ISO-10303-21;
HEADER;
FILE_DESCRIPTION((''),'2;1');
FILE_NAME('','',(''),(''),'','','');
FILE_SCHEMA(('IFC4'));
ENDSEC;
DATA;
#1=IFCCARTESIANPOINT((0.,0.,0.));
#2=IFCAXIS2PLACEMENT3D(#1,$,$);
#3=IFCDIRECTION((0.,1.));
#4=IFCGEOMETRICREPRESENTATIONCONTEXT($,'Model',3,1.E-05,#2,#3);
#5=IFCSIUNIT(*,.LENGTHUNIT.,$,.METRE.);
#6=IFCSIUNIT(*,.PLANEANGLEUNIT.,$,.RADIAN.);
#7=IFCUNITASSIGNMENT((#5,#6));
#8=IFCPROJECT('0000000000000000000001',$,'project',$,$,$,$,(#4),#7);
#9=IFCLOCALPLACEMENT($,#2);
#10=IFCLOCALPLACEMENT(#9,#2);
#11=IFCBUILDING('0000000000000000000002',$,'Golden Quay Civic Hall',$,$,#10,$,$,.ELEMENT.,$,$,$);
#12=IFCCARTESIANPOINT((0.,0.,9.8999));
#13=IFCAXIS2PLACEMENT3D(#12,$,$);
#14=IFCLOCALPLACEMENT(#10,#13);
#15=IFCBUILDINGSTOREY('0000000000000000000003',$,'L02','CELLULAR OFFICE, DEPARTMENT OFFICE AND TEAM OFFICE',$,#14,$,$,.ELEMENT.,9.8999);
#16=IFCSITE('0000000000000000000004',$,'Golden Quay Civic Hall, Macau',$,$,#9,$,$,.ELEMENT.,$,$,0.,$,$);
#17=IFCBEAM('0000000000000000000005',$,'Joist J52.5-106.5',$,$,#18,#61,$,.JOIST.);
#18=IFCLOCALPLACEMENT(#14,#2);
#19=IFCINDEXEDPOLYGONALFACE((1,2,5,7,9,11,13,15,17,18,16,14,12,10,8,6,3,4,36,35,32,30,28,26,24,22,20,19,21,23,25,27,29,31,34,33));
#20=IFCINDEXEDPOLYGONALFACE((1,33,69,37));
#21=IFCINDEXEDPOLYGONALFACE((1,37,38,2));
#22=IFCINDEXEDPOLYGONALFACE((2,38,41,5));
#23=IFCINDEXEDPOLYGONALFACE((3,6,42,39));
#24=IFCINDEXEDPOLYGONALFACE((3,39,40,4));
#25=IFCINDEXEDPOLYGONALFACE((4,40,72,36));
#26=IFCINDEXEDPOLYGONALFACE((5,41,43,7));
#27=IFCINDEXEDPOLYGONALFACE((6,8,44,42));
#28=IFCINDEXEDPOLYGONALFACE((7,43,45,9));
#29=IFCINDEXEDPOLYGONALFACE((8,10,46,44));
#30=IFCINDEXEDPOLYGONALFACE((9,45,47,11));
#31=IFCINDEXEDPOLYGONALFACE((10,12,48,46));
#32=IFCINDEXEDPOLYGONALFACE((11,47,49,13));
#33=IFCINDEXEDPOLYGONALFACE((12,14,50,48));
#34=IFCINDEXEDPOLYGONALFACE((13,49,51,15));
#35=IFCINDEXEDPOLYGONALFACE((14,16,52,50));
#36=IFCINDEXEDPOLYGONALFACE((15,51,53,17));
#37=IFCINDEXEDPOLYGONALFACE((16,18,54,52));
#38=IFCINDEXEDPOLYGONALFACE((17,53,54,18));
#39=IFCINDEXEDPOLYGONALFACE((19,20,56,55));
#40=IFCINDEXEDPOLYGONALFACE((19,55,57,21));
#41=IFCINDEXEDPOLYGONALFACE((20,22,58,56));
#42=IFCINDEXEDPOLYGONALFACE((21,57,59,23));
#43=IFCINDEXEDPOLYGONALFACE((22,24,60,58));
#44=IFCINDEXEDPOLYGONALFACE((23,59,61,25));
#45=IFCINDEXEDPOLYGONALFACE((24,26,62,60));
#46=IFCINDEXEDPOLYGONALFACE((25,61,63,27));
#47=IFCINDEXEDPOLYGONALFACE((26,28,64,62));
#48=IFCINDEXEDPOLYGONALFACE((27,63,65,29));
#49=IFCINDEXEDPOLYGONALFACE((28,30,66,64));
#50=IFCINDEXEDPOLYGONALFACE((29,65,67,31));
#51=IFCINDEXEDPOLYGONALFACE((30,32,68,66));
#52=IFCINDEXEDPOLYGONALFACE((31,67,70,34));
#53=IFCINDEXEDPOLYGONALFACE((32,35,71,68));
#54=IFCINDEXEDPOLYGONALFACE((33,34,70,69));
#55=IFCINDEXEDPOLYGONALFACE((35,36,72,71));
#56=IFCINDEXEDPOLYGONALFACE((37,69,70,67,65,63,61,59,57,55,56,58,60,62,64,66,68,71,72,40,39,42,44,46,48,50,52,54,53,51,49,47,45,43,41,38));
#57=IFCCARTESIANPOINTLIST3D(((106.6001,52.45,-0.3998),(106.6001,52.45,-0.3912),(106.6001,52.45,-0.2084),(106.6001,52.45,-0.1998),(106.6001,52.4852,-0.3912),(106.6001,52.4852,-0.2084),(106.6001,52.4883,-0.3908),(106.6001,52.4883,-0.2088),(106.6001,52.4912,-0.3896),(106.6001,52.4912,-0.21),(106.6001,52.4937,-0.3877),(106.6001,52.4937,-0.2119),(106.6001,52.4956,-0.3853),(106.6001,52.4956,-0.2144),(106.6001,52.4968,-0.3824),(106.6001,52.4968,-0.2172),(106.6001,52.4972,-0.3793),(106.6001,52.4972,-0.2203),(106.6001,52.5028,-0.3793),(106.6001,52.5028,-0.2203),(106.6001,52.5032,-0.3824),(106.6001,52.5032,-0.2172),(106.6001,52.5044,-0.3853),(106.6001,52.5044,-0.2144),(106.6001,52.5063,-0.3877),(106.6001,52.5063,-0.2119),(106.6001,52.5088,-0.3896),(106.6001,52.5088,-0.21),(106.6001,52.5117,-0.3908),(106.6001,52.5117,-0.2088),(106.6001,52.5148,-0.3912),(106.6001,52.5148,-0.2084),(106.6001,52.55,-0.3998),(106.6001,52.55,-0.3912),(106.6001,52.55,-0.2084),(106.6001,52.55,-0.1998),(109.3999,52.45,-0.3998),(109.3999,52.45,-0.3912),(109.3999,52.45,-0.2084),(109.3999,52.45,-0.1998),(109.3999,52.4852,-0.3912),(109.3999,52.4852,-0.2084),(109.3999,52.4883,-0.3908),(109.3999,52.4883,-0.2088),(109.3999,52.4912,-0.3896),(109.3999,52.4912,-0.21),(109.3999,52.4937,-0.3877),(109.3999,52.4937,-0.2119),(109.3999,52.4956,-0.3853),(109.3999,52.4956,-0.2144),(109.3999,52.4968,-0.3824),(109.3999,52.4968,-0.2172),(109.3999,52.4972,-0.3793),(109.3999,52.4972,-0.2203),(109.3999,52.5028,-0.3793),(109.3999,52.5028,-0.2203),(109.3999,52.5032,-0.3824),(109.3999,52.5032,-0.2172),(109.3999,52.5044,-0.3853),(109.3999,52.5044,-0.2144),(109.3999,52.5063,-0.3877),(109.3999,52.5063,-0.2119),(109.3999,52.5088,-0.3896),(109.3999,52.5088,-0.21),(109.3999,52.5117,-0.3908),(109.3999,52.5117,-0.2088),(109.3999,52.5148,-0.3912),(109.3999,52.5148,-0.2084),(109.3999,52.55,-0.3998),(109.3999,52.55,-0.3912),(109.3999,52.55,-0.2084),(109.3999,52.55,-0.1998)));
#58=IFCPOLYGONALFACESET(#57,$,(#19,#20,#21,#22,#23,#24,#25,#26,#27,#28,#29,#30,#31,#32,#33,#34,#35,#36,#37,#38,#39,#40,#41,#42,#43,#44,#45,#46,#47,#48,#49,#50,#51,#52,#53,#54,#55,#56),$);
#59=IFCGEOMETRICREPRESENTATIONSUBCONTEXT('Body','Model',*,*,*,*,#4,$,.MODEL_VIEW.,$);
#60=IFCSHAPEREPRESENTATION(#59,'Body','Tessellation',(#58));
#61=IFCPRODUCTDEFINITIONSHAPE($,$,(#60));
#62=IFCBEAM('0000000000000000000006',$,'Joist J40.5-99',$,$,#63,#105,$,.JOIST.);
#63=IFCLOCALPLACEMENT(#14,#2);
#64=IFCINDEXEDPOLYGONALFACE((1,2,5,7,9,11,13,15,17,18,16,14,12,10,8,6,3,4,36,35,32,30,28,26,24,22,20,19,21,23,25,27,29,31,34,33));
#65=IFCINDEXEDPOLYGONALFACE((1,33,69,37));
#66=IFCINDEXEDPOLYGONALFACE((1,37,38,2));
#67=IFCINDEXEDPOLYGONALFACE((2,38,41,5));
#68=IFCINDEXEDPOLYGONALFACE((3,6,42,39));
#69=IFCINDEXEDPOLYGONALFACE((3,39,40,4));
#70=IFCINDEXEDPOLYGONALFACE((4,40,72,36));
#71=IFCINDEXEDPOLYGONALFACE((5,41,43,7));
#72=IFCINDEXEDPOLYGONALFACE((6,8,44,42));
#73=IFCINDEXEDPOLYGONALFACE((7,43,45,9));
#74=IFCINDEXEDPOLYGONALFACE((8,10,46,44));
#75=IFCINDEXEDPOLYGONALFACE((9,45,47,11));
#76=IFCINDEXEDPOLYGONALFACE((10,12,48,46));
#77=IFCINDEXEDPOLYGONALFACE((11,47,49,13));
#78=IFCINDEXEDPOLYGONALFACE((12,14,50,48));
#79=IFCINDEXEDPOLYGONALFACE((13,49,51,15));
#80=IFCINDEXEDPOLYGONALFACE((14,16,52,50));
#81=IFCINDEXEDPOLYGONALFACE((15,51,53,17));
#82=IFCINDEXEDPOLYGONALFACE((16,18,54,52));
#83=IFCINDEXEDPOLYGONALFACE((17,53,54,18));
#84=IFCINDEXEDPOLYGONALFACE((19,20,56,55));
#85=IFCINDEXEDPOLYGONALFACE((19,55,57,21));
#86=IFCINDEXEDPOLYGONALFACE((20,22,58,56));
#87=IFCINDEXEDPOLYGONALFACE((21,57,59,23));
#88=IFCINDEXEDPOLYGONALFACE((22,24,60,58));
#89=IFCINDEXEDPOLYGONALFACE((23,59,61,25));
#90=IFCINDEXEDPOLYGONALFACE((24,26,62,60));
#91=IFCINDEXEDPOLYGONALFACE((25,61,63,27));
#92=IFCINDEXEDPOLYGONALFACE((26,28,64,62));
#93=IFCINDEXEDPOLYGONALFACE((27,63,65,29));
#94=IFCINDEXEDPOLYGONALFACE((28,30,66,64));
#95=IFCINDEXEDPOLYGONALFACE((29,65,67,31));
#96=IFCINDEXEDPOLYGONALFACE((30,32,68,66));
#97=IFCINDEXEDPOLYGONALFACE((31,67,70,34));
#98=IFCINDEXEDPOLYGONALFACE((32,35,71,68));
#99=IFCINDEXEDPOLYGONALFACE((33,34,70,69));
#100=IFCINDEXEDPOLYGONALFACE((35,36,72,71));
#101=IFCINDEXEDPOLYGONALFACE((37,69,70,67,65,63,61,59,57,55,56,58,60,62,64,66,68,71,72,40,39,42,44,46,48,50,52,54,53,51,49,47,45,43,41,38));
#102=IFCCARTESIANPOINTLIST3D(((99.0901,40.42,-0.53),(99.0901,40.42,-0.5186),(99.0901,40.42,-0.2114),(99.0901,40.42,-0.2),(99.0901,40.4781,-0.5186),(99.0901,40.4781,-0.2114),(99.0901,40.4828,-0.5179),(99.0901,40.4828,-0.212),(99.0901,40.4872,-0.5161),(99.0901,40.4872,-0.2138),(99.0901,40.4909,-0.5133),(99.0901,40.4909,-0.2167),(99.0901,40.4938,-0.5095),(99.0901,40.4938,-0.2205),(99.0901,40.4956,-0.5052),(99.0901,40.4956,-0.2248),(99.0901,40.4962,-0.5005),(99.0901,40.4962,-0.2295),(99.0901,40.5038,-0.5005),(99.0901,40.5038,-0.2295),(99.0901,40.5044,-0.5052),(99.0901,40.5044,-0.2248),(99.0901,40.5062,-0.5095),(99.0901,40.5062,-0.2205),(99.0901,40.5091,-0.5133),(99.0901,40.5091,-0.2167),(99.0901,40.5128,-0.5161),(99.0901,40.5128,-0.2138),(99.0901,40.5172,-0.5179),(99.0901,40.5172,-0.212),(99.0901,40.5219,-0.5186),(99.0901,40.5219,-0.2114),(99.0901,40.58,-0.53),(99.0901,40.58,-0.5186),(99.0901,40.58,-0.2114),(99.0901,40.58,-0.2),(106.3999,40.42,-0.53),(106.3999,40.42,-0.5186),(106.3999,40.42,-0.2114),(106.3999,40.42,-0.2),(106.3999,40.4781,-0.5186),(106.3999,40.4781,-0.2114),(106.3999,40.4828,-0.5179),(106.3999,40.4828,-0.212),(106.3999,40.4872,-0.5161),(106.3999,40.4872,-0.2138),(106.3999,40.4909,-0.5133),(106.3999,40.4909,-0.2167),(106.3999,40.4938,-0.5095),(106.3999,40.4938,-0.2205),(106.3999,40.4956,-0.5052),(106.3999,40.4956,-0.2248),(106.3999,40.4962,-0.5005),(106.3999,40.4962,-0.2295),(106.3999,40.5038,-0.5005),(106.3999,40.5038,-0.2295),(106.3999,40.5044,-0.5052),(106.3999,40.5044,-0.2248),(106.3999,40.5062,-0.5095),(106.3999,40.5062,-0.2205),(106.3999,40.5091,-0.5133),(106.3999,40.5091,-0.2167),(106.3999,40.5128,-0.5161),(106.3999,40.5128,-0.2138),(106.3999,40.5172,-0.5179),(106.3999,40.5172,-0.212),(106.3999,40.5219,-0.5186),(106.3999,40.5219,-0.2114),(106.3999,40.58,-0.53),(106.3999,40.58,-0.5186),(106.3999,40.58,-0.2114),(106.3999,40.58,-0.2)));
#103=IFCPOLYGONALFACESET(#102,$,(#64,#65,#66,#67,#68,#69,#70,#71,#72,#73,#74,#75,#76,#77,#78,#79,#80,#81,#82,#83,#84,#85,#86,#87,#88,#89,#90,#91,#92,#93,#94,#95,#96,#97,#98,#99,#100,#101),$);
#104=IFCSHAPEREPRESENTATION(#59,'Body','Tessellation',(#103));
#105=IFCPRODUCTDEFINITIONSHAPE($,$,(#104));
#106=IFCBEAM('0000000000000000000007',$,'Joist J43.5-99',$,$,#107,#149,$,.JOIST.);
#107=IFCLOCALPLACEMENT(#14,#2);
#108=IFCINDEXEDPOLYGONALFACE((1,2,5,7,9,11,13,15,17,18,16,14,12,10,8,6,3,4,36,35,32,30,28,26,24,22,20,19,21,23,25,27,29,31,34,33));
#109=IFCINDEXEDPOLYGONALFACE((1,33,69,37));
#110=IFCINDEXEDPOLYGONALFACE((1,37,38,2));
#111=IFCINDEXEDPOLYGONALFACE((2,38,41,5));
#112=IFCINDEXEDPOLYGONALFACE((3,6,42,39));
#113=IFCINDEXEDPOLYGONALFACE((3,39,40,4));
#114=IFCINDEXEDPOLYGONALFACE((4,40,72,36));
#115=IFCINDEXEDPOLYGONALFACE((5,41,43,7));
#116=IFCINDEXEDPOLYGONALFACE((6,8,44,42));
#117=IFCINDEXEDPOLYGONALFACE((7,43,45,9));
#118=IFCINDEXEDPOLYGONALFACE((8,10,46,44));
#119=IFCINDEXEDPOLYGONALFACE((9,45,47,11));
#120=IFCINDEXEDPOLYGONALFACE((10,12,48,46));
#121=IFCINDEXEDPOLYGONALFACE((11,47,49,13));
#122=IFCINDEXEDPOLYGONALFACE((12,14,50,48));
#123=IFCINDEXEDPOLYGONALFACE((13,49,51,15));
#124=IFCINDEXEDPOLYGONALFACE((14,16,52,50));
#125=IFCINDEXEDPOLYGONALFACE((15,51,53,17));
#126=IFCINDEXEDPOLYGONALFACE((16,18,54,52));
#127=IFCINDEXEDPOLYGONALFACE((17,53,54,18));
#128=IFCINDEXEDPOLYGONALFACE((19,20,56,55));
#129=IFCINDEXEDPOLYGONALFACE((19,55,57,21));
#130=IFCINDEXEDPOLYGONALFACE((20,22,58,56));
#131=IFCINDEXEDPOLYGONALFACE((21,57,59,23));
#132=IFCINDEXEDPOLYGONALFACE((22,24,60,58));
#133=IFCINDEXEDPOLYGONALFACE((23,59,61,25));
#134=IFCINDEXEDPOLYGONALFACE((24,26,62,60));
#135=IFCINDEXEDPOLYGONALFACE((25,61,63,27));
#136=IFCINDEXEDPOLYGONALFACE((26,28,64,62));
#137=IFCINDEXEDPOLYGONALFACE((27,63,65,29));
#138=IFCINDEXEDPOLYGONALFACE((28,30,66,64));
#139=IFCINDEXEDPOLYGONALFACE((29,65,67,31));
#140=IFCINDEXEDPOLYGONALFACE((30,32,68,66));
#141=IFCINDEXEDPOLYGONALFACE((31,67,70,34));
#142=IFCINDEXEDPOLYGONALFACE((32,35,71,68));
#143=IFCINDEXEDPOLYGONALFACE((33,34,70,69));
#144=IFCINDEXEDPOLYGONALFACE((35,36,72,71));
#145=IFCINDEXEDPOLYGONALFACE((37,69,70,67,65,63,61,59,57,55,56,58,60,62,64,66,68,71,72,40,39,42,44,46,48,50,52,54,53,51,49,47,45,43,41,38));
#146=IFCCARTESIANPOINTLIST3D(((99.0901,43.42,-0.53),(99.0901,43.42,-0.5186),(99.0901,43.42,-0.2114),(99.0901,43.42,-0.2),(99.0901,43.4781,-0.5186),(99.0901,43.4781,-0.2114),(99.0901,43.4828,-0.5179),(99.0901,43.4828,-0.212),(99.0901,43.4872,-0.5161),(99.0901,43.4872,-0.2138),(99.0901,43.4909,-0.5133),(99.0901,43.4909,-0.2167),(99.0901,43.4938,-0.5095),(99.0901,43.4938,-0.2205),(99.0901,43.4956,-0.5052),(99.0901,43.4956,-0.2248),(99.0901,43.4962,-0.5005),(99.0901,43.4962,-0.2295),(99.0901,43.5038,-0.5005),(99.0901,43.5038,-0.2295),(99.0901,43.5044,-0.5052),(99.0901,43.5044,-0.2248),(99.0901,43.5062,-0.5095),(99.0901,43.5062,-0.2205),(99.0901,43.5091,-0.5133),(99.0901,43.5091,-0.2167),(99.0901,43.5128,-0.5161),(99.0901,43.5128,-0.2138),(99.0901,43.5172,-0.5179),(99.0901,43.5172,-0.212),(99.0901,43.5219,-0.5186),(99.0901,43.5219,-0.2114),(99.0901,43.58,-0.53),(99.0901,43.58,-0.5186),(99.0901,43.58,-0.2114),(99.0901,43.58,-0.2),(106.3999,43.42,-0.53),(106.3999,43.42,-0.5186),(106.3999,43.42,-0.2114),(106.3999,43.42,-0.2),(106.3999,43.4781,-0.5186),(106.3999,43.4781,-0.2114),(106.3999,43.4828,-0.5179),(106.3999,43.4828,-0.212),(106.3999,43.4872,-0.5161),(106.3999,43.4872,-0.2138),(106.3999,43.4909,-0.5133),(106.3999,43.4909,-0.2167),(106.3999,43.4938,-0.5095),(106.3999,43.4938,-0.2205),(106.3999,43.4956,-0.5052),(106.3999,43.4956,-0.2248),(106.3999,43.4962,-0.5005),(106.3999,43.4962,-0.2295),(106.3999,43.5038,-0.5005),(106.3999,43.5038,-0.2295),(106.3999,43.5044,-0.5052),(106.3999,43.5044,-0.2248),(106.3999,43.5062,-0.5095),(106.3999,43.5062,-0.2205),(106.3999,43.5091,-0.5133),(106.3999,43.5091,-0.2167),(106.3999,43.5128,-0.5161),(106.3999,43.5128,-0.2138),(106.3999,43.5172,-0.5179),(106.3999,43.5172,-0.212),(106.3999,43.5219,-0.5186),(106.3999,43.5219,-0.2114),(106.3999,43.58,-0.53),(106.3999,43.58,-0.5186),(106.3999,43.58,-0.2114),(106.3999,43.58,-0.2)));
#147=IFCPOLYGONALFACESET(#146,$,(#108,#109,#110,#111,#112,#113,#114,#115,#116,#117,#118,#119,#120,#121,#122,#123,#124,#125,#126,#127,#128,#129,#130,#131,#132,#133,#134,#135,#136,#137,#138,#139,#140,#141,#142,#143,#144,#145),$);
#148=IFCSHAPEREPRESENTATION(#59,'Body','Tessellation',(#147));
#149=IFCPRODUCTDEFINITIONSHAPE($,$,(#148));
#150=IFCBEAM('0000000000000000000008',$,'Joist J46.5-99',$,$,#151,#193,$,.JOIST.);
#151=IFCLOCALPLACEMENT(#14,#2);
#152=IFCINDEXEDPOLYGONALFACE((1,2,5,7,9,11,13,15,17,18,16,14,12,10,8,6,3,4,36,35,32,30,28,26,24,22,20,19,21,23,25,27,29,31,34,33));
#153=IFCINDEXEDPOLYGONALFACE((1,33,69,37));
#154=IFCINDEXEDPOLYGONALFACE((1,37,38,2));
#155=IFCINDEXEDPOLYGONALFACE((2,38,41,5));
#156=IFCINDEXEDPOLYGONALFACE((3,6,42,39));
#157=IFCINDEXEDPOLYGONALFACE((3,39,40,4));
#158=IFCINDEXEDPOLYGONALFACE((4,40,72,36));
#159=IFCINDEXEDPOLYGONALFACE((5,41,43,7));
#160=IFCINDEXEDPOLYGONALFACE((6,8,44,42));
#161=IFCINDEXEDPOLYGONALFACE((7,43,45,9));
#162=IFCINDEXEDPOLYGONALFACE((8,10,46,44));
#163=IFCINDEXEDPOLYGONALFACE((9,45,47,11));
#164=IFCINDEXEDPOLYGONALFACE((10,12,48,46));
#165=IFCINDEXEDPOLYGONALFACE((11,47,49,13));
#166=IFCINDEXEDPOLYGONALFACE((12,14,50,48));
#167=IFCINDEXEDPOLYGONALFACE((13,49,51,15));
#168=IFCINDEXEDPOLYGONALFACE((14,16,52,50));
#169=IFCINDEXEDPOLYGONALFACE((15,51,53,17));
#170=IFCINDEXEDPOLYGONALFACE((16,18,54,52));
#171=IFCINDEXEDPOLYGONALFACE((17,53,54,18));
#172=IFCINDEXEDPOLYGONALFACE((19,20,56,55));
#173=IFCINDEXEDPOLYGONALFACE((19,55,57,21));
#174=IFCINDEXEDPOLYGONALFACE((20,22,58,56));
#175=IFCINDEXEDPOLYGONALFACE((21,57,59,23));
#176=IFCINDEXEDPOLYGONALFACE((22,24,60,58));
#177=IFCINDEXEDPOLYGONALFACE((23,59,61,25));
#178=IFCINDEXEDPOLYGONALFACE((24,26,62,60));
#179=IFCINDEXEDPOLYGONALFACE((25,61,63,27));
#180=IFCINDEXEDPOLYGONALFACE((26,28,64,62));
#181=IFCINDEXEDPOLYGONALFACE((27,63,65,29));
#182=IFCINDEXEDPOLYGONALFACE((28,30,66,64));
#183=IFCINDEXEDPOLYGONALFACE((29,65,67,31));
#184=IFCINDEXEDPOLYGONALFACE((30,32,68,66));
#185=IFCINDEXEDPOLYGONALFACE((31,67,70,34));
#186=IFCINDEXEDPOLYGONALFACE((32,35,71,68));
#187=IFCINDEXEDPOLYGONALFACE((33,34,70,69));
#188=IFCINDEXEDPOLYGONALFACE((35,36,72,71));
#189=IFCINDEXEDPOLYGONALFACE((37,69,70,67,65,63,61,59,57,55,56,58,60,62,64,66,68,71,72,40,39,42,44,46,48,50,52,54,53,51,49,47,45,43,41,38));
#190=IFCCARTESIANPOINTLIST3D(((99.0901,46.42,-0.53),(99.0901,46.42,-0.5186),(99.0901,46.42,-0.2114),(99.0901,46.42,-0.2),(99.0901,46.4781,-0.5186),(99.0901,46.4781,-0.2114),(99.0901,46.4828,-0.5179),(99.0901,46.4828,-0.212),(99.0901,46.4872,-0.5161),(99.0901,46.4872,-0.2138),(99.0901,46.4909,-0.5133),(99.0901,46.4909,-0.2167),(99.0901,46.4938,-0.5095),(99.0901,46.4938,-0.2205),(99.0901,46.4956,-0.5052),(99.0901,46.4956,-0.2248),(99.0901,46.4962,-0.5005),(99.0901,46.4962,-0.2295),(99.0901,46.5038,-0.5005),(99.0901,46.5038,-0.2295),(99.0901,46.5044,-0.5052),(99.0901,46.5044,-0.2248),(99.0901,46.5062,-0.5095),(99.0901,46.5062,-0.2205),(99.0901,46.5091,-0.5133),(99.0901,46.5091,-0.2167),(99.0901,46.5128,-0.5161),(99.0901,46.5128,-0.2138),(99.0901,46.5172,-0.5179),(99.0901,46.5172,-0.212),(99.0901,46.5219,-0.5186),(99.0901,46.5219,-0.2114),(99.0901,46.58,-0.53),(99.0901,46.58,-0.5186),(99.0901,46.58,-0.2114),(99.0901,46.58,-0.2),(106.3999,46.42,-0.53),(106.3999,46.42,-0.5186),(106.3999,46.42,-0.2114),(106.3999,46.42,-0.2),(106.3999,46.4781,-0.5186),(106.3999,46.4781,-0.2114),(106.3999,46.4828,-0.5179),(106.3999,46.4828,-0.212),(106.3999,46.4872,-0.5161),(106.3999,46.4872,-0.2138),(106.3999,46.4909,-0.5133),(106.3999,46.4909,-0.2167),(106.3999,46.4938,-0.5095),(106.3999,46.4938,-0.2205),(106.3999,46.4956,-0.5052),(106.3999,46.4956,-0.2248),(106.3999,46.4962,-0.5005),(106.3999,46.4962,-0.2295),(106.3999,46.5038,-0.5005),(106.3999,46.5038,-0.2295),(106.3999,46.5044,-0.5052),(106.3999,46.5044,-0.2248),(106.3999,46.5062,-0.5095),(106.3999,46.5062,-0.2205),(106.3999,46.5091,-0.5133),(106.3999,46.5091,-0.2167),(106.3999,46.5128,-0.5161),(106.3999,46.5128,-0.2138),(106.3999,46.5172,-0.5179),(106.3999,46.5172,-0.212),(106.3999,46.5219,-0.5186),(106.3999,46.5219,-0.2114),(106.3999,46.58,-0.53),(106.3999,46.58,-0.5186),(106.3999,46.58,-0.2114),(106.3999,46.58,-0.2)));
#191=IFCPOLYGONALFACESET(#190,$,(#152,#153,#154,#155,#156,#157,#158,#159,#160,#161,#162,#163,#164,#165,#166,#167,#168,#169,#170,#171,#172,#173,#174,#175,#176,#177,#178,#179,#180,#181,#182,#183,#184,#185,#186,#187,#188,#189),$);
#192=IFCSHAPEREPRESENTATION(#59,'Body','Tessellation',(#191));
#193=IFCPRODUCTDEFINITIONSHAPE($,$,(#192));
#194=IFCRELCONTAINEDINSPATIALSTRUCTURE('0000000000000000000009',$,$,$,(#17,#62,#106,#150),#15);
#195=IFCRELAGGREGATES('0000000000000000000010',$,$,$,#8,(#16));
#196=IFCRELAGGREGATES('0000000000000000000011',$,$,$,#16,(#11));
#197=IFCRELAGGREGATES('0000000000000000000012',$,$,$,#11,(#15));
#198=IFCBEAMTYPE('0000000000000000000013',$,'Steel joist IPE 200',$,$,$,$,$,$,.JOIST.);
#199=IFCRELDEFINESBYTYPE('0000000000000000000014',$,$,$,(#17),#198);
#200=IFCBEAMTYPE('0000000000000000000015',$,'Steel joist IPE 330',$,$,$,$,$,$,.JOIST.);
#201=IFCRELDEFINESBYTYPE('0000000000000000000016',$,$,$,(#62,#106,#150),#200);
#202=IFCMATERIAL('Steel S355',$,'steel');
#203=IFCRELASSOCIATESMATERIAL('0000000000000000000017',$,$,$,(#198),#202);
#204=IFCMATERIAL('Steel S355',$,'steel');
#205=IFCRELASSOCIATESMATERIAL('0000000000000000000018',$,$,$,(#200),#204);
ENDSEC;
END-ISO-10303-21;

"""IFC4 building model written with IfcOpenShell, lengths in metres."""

from ifc_helpers import new_model, si_unit, direction, frame, origin, origin_2d, place, context, subcontext, project, spatial, i_section, extrude, material, material_profile, profile_set, type_object, element, save


model = new_model("IFC4")

# Units and contexts
model_context = context("Model", 3, precision=1e-05, world=origin(), true_north=direction((0.0, 1.0)))
body_context = subcontext(model_context, "Body", "Model", "MODEL_VIEW")
ifc_project = project(units=[si_unit("LENGTHUNIT", "METRE"), si_unit("PLANEANGLEUNIT", "RADIAN")], contexts=[model_context])

# Site, building, storey
site_placement = place(None, origin())
site = spatial("IfcSite", under=ifc_project, at=site_placement, Name="Golden Quay Civic Hall, Macau", CompositionType="ELEMENT", RefElevation=0.0)
building_placement = place(site_placement, origin())
building = spatial("IfcBuilding", under=site, at=building_placement, Name="Golden Quay Civic Hall", CompositionType="ELEMENT")
storey_placement = place(building_placement, frame((0.0, 0.0, 9.8999)))
storey = spatial("IfcBuildingStorey", under=building, at=storey_placement, Name="L02", Description="CELLULAR OFFICE, DEPARTMENT OFFICE AND TEAM OFFICE", CompositionType="ELEMENT", Elevation=9.8999)

# Beams
ifc_material_1 = material(Name="Steel S355", Category="steel")
ifc_material_profile_1 = material_profile(ifc_material_1, i_section(OverallWidth=0.1001, OverallDepth=0.2, WebThickness=0.0056, FlangeThickness=0.0085, FilletRadius=0.012, at=origin_2d()), Name="IPE 200")
ifc_profile_set_1 = profile_set([ifc_material_profile_1], Name="Steel S355")
beam_type_1 = type_object("IfcBeamType", Name="Steel joist IPE 200", PredefinedType="JOIST", material=ifc_profile_set_1)
for number, where, z_axis, x_axis, name in (
    (1, (106.6001, 52.5, -0.2998), (1.0, 0.0, 0.0), (0.0, 1.0, 0.0), "Joist J52.5-106.5"),
):
    element("IfcBeam", number, at=place(storey_placement, frame(where, z_axis=z_axis, x_axis=x_axis)), inside=storey, type_object=beam_type_1, Name=name, PredefinedType="JOIST", context=body_context, shape_type="SweptSolid", body=[
        extrude(i_section(OverallWidth=0.1001, OverallDepth=0.2, WebThickness=0.0056, FlangeThickness=0.0085, FilletRadius=0.012, at=origin_2d()), origin(), (0.0, 0.0, 1.0), 2.7998),
    ])
ifc_material_2 = material(Name="Steel S355", Category="steel")
ifc_material_profile_2 = material_profile(ifc_material_2, i_section(OverallWidth=0.1599, OverallDepth=0.3301, WebThickness=0.0076, FlangeThickness=0.0115, FilletRadius=0.0181, at=origin_2d()), Name="IPE 330")
ifc_profile_set_2 = profile_set([ifc_material_profile_2], Name="Steel S355")
beam_type_2 = type_object("IfcBeamType", Name="Steel joist IPE 330", PredefinedType="JOIST", material=ifc_profile_set_2)
for number, where, z_axis, x_axis, name in (
    (2, (99.0901, 40.5, -0.365), (1.0, 0.0, 0.0), (0.0, 1.0, 0.0), "Joist J40.5-99"),
    (3, (99.0901, 43.5, -0.365), (1.0, 0.0, 0.0), (0.0, 1.0, 0.0), "Joist J43.5-99"),
    (4, (99.0901, 46.5, -0.365), (1.0, 0.0, 0.0), (0.0, 1.0, 0.0), "Joist J46.5-99"),
):
    element("IfcBeam", number, at=place(storey_placement, frame(where, z_axis=z_axis, x_axis=x_axis)), inside=storey, type_object=beam_type_2, Name=name, PredefinedType="JOIST", context=body_context, shape_type="SweptSolid", body=[
        extrude(i_section(OverallWidth=0.1599, OverallDepth=0.3301, WebThickness=0.0076, FlangeThickness=0.0115, FilletRadius=0.0181, at=origin_2d()), origin(), (0.0, 0.0, 1.0), 7.3098),
    ])

save(model, "model.ifc")
